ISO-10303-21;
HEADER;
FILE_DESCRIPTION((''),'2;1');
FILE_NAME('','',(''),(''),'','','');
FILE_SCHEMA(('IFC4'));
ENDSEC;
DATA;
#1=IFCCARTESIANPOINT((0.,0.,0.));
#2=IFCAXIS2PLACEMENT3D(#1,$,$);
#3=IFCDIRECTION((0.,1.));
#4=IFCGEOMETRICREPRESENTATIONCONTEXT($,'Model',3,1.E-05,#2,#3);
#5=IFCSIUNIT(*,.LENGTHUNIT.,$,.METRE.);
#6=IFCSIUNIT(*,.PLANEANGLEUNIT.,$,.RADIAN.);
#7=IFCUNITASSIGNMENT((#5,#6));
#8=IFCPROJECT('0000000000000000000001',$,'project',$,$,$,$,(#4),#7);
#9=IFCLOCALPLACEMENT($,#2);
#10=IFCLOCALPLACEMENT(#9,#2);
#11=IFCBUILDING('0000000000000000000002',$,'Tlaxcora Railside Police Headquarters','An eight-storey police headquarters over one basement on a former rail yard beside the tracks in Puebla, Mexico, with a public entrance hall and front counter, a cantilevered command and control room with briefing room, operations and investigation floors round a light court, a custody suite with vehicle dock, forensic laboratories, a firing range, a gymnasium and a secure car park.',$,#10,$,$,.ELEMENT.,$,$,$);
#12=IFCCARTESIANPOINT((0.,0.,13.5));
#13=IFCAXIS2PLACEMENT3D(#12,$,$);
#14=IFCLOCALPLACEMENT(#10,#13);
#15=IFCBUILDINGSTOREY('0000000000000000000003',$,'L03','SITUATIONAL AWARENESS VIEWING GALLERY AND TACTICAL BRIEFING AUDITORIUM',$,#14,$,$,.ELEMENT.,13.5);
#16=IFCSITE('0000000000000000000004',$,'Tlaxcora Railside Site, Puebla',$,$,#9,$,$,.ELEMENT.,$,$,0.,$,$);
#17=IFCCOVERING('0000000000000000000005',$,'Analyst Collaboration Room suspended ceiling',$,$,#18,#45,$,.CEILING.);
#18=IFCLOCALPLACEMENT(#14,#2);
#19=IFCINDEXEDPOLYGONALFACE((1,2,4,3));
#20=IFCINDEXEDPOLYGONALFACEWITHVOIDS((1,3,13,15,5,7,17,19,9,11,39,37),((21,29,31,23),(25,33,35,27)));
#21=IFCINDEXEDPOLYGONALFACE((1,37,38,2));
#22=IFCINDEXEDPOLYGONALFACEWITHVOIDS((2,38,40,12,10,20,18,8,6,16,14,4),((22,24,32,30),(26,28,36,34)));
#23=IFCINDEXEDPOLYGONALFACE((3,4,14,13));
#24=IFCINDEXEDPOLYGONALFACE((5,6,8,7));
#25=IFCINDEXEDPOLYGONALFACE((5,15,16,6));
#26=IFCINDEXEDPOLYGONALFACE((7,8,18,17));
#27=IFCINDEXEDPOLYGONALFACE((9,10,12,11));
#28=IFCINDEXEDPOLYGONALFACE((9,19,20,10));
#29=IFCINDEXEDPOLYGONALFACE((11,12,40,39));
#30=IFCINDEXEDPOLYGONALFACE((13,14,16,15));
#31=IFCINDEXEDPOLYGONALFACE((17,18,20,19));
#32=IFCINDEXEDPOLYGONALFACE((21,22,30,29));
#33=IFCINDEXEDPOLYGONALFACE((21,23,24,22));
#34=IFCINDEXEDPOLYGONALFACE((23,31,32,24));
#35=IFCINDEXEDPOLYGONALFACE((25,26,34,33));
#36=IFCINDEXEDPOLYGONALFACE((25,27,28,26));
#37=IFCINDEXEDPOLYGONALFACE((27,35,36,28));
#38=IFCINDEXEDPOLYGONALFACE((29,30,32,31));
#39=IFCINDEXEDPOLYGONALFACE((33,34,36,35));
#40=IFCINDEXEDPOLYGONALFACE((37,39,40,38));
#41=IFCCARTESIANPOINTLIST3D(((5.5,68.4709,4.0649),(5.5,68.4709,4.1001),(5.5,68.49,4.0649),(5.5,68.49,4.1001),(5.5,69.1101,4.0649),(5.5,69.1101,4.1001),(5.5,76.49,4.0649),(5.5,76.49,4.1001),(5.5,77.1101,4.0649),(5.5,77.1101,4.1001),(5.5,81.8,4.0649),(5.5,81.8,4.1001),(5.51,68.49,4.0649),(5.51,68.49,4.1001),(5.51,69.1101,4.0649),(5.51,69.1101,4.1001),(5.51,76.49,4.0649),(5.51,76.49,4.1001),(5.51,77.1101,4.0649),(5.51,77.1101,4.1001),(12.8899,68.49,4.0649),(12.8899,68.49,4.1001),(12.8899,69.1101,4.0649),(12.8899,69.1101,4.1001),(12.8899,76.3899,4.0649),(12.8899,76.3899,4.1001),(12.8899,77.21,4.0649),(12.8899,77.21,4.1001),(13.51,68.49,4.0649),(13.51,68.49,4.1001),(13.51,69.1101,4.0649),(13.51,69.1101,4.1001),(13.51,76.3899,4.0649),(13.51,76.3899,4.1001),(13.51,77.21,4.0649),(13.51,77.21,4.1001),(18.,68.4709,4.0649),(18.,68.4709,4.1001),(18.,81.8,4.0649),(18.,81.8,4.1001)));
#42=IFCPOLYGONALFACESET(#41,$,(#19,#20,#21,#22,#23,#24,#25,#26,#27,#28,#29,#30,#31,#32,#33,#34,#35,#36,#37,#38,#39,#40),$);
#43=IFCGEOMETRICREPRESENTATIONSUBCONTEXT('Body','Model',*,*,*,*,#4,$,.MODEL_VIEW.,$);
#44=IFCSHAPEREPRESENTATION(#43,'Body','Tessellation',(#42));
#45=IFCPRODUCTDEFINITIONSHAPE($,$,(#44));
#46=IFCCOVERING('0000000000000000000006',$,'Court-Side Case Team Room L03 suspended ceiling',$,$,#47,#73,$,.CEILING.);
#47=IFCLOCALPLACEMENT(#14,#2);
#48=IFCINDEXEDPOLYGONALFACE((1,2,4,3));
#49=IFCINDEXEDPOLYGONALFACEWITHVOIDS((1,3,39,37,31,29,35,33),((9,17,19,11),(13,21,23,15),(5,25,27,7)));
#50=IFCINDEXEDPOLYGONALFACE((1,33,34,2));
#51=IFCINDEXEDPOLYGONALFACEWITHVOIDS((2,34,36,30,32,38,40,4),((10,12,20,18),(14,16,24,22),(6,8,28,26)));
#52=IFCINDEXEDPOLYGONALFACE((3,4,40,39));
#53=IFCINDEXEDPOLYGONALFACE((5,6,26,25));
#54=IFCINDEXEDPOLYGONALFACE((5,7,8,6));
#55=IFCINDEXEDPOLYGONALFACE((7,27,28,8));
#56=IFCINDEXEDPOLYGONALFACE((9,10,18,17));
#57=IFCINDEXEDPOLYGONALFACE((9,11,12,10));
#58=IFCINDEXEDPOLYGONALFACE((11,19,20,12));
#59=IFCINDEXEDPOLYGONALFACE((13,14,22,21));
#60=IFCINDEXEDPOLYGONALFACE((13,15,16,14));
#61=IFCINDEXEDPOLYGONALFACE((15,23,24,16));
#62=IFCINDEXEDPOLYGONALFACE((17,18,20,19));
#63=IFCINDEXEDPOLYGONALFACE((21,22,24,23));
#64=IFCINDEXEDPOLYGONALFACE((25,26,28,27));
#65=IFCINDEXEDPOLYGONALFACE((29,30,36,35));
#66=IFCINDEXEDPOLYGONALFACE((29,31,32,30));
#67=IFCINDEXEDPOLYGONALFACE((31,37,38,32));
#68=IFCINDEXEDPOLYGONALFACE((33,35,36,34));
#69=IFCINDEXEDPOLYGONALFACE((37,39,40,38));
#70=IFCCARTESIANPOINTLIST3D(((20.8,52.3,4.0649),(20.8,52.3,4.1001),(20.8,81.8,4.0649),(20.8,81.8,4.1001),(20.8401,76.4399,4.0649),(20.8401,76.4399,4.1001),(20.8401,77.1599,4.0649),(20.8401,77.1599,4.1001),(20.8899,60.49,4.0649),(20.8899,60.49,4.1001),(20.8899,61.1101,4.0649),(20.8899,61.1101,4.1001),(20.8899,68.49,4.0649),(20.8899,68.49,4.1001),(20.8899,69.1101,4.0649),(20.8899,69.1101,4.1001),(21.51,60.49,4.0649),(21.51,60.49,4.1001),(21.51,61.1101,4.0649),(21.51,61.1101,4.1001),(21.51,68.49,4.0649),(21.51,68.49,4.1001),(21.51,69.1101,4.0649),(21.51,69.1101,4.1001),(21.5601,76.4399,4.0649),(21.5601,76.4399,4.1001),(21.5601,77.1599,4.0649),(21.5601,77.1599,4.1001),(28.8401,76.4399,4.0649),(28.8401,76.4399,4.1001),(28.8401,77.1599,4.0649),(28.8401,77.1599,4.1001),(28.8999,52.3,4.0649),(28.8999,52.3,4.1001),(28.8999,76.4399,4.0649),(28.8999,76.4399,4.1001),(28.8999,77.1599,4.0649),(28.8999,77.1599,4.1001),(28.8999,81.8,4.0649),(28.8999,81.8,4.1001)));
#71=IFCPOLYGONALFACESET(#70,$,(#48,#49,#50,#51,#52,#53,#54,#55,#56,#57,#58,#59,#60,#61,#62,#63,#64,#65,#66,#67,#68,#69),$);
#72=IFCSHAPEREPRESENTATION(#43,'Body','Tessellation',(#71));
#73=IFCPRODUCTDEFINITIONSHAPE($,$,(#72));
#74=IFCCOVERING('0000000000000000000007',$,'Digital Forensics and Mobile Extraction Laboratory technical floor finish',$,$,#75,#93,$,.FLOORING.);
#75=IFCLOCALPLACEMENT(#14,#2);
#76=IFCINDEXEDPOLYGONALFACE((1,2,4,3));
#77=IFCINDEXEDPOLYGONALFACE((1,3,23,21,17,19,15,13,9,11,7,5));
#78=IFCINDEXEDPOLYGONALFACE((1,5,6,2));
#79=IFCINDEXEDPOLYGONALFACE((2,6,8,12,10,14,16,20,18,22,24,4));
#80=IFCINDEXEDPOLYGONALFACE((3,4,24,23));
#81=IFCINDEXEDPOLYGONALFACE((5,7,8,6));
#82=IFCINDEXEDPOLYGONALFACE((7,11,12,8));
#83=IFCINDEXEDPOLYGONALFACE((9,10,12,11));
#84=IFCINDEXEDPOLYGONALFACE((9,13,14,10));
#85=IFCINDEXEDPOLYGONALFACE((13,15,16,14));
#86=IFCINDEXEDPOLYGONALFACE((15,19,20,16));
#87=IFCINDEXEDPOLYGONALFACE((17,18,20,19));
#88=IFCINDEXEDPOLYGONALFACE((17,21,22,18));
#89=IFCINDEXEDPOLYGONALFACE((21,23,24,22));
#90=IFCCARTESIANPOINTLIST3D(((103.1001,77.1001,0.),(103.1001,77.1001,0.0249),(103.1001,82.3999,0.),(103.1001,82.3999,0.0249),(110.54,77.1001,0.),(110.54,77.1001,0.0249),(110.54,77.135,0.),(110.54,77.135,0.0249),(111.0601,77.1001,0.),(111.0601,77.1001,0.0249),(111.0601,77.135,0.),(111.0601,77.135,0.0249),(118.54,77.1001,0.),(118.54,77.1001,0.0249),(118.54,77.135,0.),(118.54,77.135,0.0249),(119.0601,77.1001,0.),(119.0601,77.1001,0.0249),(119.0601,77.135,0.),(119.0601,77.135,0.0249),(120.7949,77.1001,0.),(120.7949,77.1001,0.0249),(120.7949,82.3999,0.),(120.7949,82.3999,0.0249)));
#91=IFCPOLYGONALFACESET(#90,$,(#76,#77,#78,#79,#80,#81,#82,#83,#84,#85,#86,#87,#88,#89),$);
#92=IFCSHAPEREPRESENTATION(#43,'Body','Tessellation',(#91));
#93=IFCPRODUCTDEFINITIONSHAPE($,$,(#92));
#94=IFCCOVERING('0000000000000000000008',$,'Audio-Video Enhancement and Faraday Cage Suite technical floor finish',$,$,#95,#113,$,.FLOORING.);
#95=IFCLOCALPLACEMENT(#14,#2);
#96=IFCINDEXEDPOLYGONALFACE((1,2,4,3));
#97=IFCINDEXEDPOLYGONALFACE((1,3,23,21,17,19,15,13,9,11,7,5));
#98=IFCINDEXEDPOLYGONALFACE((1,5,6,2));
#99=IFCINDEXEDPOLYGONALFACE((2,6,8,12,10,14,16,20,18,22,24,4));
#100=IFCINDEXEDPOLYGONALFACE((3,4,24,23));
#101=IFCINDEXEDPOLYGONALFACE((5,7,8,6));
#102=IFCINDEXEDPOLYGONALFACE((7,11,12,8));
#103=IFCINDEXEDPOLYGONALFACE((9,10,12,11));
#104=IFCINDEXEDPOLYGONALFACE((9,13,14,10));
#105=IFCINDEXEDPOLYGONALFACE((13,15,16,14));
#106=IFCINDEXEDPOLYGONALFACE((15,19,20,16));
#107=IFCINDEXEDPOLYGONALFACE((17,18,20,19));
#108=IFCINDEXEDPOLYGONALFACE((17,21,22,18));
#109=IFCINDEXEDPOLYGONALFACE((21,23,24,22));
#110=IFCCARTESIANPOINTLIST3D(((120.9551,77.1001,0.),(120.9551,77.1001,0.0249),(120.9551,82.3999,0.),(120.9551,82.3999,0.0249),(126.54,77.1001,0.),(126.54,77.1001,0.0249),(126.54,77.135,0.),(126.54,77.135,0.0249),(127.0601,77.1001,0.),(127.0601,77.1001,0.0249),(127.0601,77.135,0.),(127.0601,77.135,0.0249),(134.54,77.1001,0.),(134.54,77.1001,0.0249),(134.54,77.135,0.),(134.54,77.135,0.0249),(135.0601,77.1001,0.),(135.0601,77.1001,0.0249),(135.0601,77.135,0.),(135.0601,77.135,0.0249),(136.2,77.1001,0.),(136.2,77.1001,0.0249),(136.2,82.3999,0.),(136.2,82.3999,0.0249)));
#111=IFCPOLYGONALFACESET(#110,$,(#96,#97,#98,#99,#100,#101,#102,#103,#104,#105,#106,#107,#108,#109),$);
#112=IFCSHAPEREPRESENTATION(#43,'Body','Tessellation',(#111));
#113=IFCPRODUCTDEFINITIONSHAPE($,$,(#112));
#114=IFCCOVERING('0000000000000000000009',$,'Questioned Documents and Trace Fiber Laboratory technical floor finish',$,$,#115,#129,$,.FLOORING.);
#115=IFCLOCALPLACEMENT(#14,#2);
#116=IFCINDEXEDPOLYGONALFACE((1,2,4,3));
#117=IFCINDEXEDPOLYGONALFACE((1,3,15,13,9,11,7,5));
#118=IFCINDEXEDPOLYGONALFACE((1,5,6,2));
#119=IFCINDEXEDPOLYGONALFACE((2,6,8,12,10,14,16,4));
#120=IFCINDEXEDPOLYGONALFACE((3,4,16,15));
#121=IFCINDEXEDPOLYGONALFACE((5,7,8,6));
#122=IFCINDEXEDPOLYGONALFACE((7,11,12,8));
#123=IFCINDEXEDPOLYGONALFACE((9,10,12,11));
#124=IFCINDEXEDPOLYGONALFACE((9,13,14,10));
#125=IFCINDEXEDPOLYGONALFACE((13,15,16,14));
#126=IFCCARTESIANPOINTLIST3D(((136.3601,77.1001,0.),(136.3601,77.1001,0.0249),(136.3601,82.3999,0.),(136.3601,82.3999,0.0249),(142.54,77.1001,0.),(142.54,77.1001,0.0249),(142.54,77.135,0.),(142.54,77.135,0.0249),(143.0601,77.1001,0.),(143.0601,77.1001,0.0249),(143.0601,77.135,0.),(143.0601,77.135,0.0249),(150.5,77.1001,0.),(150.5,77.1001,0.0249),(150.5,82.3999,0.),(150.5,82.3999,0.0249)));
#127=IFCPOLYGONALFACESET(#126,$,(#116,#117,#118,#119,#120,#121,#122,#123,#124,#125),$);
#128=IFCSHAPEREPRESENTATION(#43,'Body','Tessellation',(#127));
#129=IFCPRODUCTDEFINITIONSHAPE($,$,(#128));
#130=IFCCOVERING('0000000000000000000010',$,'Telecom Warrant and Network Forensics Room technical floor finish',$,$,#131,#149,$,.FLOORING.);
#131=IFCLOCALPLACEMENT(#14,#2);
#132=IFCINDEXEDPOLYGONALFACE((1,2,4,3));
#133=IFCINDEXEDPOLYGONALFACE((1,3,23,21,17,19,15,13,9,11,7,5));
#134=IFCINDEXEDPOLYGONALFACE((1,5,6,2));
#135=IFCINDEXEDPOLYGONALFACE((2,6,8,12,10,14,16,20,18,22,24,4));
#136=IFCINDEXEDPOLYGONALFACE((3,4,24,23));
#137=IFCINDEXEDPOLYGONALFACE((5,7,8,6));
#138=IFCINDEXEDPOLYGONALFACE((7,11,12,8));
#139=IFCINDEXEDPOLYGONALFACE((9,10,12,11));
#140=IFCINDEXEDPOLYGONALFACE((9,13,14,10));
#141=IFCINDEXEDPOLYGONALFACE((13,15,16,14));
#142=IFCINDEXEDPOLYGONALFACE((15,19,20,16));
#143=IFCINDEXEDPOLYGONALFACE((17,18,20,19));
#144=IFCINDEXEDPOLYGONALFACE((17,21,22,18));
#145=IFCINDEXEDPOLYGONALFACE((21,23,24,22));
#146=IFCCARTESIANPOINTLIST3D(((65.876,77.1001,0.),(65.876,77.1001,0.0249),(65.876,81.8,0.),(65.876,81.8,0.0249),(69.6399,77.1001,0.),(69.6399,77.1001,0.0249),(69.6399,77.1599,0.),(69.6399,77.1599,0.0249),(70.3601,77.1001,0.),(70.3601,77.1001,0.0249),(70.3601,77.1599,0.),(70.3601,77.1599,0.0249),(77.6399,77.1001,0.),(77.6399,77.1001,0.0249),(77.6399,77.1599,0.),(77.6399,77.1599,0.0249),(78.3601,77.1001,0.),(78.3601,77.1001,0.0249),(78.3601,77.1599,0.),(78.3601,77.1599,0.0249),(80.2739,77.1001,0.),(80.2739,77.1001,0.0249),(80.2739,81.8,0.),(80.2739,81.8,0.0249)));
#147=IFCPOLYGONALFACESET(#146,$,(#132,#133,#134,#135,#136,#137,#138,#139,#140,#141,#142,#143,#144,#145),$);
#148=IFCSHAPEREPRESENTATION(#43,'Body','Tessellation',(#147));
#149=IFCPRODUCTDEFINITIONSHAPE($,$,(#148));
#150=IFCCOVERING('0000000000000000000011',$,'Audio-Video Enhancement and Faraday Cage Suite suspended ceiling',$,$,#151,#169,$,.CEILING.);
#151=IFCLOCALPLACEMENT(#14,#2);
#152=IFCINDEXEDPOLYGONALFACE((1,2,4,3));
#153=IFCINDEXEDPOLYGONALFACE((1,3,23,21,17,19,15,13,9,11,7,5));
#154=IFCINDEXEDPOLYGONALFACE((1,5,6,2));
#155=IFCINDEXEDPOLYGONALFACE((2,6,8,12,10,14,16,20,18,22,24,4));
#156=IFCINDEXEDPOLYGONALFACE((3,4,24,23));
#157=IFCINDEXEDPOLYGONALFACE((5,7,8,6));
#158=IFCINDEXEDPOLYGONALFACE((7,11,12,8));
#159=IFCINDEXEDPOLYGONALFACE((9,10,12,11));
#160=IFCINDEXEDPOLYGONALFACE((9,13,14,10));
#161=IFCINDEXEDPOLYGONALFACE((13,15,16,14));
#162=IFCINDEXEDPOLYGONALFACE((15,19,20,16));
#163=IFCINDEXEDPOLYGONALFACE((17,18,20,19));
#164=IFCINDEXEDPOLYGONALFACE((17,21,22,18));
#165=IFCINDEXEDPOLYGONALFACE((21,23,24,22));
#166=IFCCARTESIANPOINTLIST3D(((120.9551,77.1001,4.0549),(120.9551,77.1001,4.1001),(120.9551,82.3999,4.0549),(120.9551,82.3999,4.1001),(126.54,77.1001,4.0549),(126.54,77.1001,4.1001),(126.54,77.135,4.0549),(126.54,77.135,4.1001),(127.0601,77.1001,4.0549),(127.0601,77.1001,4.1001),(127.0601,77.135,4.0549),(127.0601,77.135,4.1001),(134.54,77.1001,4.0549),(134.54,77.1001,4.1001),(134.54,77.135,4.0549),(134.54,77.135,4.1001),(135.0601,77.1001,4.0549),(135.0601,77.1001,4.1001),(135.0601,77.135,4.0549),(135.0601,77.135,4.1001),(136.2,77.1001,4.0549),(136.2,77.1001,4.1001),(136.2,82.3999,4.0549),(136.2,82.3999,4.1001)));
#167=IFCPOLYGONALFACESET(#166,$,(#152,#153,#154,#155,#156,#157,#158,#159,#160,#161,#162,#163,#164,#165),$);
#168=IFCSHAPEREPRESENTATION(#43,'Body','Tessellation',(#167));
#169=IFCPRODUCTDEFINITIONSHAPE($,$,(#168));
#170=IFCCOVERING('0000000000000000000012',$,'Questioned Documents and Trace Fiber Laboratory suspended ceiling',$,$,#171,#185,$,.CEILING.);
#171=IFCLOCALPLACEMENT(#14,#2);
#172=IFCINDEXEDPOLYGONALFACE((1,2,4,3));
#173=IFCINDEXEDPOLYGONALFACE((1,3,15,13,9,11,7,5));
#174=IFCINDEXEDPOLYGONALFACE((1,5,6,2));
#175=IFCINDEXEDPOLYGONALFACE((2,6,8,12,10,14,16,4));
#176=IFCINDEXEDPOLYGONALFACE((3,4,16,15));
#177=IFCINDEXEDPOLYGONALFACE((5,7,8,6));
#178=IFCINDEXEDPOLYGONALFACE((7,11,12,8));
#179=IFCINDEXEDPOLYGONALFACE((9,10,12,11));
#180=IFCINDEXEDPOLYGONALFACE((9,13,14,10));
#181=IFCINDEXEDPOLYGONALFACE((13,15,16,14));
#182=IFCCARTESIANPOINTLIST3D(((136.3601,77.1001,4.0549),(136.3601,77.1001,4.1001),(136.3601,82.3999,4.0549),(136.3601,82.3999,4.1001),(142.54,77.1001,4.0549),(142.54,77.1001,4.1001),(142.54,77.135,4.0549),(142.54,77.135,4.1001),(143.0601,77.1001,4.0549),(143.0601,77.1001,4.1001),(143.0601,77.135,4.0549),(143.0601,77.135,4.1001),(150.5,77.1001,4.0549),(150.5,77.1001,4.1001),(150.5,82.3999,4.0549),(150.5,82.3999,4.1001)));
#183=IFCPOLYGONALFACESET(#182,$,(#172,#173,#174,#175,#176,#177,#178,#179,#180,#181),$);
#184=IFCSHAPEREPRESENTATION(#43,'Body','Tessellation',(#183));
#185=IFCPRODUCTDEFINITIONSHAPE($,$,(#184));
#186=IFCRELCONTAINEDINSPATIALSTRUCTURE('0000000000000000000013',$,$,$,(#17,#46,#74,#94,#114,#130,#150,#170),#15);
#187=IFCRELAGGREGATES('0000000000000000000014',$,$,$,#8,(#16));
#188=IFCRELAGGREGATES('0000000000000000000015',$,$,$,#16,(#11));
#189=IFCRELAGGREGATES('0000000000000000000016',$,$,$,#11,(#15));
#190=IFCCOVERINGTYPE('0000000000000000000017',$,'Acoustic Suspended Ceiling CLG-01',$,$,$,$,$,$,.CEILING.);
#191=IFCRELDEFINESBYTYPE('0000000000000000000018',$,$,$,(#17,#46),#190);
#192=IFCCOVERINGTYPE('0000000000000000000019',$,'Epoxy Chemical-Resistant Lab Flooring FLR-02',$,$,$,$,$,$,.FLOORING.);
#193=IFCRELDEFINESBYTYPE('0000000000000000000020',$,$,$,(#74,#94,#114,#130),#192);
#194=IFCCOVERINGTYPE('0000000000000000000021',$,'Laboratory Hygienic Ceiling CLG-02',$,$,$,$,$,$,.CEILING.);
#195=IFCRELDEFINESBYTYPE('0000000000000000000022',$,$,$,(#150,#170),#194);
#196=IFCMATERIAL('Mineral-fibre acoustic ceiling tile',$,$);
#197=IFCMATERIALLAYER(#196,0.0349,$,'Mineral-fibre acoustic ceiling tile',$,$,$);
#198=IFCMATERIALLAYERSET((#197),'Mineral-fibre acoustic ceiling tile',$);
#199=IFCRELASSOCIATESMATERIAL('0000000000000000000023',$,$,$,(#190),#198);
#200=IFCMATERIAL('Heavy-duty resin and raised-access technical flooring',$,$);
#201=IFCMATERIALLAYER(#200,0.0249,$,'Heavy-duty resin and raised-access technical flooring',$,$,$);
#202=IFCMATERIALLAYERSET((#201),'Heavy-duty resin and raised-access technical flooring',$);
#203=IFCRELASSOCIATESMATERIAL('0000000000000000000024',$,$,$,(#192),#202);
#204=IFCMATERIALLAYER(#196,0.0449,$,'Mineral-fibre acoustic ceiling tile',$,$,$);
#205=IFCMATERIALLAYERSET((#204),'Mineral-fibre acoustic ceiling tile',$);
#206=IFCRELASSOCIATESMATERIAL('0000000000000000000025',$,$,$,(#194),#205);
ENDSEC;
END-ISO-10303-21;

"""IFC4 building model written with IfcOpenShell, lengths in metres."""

from ifc_helpers import new_model, si_unit, direction, frame, origin, place, context, subcontext, project, spatial, polyline, outline, extrude, material, layer, layer_set, type_object, element, save


model = new_model("IFC4")

# Units and contexts
model_context = context("Model", 3, precision=1e-05, world=origin(), true_north=direction((0.0, 1.0)))
body_context = subcontext(model_context, "Body", "Model", "MODEL_VIEW")
ifc_project = project(units=[si_unit("LENGTHUNIT", "METRE"), si_unit("PLANEANGLEUNIT", "RADIAN")], contexts=[model_context])

# Site, building, storey
site_placement = place(None, origin())
site = spatial("IfcSite", under=ifc_project, at=site_placement, Name="Tlaxcora Railside Site, Puebla", CompositionType="ELEMENT", RefElevation=0.0)
building_placement = place(site_placement, origin())
building = spatial("IfcBuilding", under=site, at=building_placement, Name="Tlaxcora Railside Police Headquarters", Description="An eight-storey police headquarters over one basement on a former rail yard beside the tracks in Puebla, Mexico, with a public entrance hall and front counter, a cantilevered command and control room with briefing room, operations and investigation floors round a light court, a custody suite with vehicle dock, forensic laboratories, a firing range, a gymnasium and a secure car park.", CompositionType="ELEMENT")
storey_placement = place(building_placement, frame((0.0, 0.0, 13.5)))
storey = spatial("IfcBuildingStorey", under=building, at=storey_placement, Name="L03", Description="SITUATIONAL AWARENESS VIEWING GALLERY AND TACTICAL BRIEFING AUDITORIUM", CompositionType="ELEMENT", Elevation=13.5)

# Coverings
ifc_material_1 = material(Name="Mineral-fibre acoustic ceiling tile")
ifc_layer_1 = layer(ifc_material_1, 0.0349, Name="Mineral-fibre acoustic ceiling tile")
ifc_layer_set_1 = layer_set([ifc_layer_1], Name="Mineral-fibre acoustic ceiling tile")
covering_type_1 = type_object("IfcCoveringType", Name="Acoustic Suspended Ceiling CLG-01", PredefinedType="CEILING", material=ifc_layer_set_1)
covering_1_placement = place(storey_placement, frame((0.0, 0.0, 4.0649)))
element("IfcCovering", 1, at=covering_1_placement, inside=storey, type_object=covering_type_1, Name="Analyst Collaboration Room suspended ceiling", PredefinedType="CEILING", context=body_context, shape_type="SweptSolid", body=[
    extrude(outline(polyline([(5.5, 68.4709), (18.0, 68.4709), (18.0, 81.8), (5.5, 81.8), (5.5, 77.1101), (5.51, 77.1101), (5.51, 76.49), (5.5, 76.49), (5.5, 69.1101), (5.51, 69.1101), (5.51, 68.49), (5.5, 68.49), (5.5, 68.4709)]), holes=[polyline([(13.51, 69.1101), (13.51, 68.49), (12.8899, 68.49), (12.8899, 69.1101), (13.51, 69.1101)]), polyline([(13.51, 76.3899), (12.8899, 76.3899), (12.8899, 77.21), (13.51, 77.21), (13.51, 76.3899)])]), origin(), (0.0, 0.0, 1.0), 0.0352),
])
covering_2_placement = place(storey_placement, frame((0.0, 0.0, 4.0649)))
element("IfcCovering", 2, at=covering_2_placement, inside=storey, type_object=covering_type_1, Name="Court-Side Case Team Room L03 suspended ceiling", PredefinedType="CEILING", context=body_context, shape_type="SweptSolid", body=[
    extrude(outline(polyline([(20.8, 52.3), (28.8999, 52.3), (28.8999, 76.4399), (28.8401, 76.4399), (28.8401, 77.1599), (28.8999, 77.1599), (28.8999, 81.8), (20.8, 81.8), (20.8, 52.3)]), holes=[polyline([(20.8899, 60.49), (20.8899, 61.1101), (21.51, 61.1101), (21.51, 60.49), (20.8899, 60.49)]), polyline([(20.8899, 69.1101), (21.51, 69.1101), (21.51, 68.49), (20.8899, 68.49), (20.8899, 69.1101)]), polyline([(21.5601, 77.1599), (21.5601, 76.4399), (20.8401, 76.4399), (20.8401, 77.1599), (21.5601, 77.1599)])]), origin(), (0.0, 0.0, 1.0), 0.0352),
])
ifc_material_2 = material(Name="Heavy-duty resin and raised-access technical flooring")
ifc_layer_2 = layer(ifc_material_2, 0.0249, Name="Heavy-duty resin and raised-access technical flooring")
ifc_layer_set_2 = layer_set([ifc_layer_2], Name="Heavy-duty resin and raised-access technical flooring")
covering_type_2 = type_object("IfcCoveringType", Name="Epoxy Chemical-Resistant Lab Flooring FLR-02", PredefinedType="FLOORING", material=ifc_layer_set_2)
covering_3_placement = place(storey_placement, origin())
element("IfcCovering", 3, at=covering_3_placement, inside=storey, type_object=covering_type_2, Name="Digital Forensics and Mobile Extraction Laboratory technical floor finish", PredefinedType="FLOORING", context=body_context, shape_type="SweptSolid", body=[
    extrude(outline(polyline([(120.7949, 82.3999), (103.1001, 82.3999), (103.1001, 77.1001), (110.54, 77.1001), (110.54, 77.135), (111.0601, 77.135), (111.0601, 77.1001), (118.54, 77.1001), (118.54, 77.135), (119.0601, 77.135), (119.0601, 77.1001), (120.7949, 77.1001), (120.7949, 82.3999)])), origin(), (0.0, 0.0, 1.0), 0.0249),
])
covering_4_placement = place(storey_placement, origin())
element("IfcCovering", 4, at=covering_4_placement, inside=storey, type_object=covering_type_2, Name="Audio-Video Enhancement and Faraday Cage Suite technical floor finish", PredefinedType="FLOORING", context=body_context, shape_type="SweptSolid", body=[
    extrude(outline(polyline([(136.2, 82.3999), (120.9551, 82.3999), (120.9551, 77.1001), (126.54, 77.1001), (126.54, 77.135), (127.0601, 77.135), (127.0601, 77.1001), (134.54, 77.1001), (134.54, 77.135), (135.0601, 77.135), (135.0601, 77.1001), (136.2, 77.1001), (136.2, 82.3999)])), origin(), (0.0, 0.0, 1.0), 0.0249),
])
covering_5_placement = place(storey_placement, origin())
element("IfcCovering", 5, at=covering_5_placement, inside=storey, type_object=covering_type_2, Name="Questioned Documents and Trace Fiber Laboratory technical floor finish", PredefinedType="FLOORING", context=body_context, shape_type="SweptSolid", body=[
    extrude(outline(polyline([(136.3601, 82.3999), (136.3601, 77.1001), (142.54, 77.1001), (142.54, 77.135), (143.0601, 77.135), (143.0601, 77.1001), (150.5, 77.1001), (150.5, 82.3999), (136.3601, 82.3999)])), origin(), (0.0, 0.0, 1.0), 0.0249),
])
covering_6_placement = place(storey_placement, origin())
element("IfcCovering", 6, at=covering_6_placement, inside=storey, type_object=covering_type_2, Name="Telecom Warrant and Network Forensics Room technical floor finish", PredefinedType="FLOORING", context=body_context, shape_type="SweptSolid", body=[
    extrude(outline(polyline([(80.2739, 81.8), (65.876, 81.8), (65.876, 77.1001), (69.6399, 77.1001), (69.6399, 77.1599), (70.3601, 77.1599), (70.3601, 77.1001), (77.6399, 77.1001), (77.6399, 77.1599), (78.3601, 77.1599), (78.3601, 77.1001), (80.2739, 77.1001), (80.2739, 81.8)])), origin(), (0.0, 0.0, 1.0), 0.0249),
])
ifc_layer_3 = layer(ifc_material_1, 0.0449, Name="Mineral-fibre acoustic ceiling tile")
ifc_layer_set_3 = layer_set([ifc_layer_3], Name="Mineral-fibre acoustic ceiling tile")
covering_type_3 = type_object("IfcCoveringType", Name="Laboratory Hygienic Ceiling CLG-02", PredefinedType="CEILING", material=ifc_layer_set_3)
covering_7_placement = place(storey_placement, frame((0.0, 0.0, 4.0549)))
element("IfcCovering", 7, at=covering_7_placement, inside=storey, type_object=covering_type_3, Name="Audio-Video Enhancement and Faraday Cage Suite suspended ceiling", PredefinedType="CEILING", context=body_context, shape_type="SweptSolid", body=[
    extrude(outline(polyline([(136.2, 82.3999), (120.9551, 82.3999), (120.9551, 77.1001), (126.54, 77.1001), (126.54, 77.135), (127.0601, 77.135), (127.0601, 77.1001), (134.54, 77.1001), (134.54, 77.135), (135.0601, 77.135), (135.0601, 77.1001), (136.2, 77.1001), (136.2, 82.3999)])), origin(), (0.0, 0.0, 1.0), 0.0452),
])
covering_8_placement = place(storey_placement, frame((0.0, 0.0, 4.0549)))
element("IfcCovering", 8, at=covering_8_placement, inside=storey, type_object=covering_type_3, Name="Questioned Documents and Trace Fiber Laboratory suspended ceiling", PredefinedType="CEILING", context=body_context, shape_type="SweptSolid", body=[
    extrude(outline(polyline([(136.3601, 82.3999), (136.3601, 77.1001), (142.54, 77.1001), (142.54, 77.135), (143.0601, 77.135), (143.0601, 77.1001), (150.5, 77.1001), (150.5, 82.3999), (136.3601, 82.3999)])), origin(), (0.0, 0.0, 1.0), 0.0452),
])

save(model, "model.ifc")
